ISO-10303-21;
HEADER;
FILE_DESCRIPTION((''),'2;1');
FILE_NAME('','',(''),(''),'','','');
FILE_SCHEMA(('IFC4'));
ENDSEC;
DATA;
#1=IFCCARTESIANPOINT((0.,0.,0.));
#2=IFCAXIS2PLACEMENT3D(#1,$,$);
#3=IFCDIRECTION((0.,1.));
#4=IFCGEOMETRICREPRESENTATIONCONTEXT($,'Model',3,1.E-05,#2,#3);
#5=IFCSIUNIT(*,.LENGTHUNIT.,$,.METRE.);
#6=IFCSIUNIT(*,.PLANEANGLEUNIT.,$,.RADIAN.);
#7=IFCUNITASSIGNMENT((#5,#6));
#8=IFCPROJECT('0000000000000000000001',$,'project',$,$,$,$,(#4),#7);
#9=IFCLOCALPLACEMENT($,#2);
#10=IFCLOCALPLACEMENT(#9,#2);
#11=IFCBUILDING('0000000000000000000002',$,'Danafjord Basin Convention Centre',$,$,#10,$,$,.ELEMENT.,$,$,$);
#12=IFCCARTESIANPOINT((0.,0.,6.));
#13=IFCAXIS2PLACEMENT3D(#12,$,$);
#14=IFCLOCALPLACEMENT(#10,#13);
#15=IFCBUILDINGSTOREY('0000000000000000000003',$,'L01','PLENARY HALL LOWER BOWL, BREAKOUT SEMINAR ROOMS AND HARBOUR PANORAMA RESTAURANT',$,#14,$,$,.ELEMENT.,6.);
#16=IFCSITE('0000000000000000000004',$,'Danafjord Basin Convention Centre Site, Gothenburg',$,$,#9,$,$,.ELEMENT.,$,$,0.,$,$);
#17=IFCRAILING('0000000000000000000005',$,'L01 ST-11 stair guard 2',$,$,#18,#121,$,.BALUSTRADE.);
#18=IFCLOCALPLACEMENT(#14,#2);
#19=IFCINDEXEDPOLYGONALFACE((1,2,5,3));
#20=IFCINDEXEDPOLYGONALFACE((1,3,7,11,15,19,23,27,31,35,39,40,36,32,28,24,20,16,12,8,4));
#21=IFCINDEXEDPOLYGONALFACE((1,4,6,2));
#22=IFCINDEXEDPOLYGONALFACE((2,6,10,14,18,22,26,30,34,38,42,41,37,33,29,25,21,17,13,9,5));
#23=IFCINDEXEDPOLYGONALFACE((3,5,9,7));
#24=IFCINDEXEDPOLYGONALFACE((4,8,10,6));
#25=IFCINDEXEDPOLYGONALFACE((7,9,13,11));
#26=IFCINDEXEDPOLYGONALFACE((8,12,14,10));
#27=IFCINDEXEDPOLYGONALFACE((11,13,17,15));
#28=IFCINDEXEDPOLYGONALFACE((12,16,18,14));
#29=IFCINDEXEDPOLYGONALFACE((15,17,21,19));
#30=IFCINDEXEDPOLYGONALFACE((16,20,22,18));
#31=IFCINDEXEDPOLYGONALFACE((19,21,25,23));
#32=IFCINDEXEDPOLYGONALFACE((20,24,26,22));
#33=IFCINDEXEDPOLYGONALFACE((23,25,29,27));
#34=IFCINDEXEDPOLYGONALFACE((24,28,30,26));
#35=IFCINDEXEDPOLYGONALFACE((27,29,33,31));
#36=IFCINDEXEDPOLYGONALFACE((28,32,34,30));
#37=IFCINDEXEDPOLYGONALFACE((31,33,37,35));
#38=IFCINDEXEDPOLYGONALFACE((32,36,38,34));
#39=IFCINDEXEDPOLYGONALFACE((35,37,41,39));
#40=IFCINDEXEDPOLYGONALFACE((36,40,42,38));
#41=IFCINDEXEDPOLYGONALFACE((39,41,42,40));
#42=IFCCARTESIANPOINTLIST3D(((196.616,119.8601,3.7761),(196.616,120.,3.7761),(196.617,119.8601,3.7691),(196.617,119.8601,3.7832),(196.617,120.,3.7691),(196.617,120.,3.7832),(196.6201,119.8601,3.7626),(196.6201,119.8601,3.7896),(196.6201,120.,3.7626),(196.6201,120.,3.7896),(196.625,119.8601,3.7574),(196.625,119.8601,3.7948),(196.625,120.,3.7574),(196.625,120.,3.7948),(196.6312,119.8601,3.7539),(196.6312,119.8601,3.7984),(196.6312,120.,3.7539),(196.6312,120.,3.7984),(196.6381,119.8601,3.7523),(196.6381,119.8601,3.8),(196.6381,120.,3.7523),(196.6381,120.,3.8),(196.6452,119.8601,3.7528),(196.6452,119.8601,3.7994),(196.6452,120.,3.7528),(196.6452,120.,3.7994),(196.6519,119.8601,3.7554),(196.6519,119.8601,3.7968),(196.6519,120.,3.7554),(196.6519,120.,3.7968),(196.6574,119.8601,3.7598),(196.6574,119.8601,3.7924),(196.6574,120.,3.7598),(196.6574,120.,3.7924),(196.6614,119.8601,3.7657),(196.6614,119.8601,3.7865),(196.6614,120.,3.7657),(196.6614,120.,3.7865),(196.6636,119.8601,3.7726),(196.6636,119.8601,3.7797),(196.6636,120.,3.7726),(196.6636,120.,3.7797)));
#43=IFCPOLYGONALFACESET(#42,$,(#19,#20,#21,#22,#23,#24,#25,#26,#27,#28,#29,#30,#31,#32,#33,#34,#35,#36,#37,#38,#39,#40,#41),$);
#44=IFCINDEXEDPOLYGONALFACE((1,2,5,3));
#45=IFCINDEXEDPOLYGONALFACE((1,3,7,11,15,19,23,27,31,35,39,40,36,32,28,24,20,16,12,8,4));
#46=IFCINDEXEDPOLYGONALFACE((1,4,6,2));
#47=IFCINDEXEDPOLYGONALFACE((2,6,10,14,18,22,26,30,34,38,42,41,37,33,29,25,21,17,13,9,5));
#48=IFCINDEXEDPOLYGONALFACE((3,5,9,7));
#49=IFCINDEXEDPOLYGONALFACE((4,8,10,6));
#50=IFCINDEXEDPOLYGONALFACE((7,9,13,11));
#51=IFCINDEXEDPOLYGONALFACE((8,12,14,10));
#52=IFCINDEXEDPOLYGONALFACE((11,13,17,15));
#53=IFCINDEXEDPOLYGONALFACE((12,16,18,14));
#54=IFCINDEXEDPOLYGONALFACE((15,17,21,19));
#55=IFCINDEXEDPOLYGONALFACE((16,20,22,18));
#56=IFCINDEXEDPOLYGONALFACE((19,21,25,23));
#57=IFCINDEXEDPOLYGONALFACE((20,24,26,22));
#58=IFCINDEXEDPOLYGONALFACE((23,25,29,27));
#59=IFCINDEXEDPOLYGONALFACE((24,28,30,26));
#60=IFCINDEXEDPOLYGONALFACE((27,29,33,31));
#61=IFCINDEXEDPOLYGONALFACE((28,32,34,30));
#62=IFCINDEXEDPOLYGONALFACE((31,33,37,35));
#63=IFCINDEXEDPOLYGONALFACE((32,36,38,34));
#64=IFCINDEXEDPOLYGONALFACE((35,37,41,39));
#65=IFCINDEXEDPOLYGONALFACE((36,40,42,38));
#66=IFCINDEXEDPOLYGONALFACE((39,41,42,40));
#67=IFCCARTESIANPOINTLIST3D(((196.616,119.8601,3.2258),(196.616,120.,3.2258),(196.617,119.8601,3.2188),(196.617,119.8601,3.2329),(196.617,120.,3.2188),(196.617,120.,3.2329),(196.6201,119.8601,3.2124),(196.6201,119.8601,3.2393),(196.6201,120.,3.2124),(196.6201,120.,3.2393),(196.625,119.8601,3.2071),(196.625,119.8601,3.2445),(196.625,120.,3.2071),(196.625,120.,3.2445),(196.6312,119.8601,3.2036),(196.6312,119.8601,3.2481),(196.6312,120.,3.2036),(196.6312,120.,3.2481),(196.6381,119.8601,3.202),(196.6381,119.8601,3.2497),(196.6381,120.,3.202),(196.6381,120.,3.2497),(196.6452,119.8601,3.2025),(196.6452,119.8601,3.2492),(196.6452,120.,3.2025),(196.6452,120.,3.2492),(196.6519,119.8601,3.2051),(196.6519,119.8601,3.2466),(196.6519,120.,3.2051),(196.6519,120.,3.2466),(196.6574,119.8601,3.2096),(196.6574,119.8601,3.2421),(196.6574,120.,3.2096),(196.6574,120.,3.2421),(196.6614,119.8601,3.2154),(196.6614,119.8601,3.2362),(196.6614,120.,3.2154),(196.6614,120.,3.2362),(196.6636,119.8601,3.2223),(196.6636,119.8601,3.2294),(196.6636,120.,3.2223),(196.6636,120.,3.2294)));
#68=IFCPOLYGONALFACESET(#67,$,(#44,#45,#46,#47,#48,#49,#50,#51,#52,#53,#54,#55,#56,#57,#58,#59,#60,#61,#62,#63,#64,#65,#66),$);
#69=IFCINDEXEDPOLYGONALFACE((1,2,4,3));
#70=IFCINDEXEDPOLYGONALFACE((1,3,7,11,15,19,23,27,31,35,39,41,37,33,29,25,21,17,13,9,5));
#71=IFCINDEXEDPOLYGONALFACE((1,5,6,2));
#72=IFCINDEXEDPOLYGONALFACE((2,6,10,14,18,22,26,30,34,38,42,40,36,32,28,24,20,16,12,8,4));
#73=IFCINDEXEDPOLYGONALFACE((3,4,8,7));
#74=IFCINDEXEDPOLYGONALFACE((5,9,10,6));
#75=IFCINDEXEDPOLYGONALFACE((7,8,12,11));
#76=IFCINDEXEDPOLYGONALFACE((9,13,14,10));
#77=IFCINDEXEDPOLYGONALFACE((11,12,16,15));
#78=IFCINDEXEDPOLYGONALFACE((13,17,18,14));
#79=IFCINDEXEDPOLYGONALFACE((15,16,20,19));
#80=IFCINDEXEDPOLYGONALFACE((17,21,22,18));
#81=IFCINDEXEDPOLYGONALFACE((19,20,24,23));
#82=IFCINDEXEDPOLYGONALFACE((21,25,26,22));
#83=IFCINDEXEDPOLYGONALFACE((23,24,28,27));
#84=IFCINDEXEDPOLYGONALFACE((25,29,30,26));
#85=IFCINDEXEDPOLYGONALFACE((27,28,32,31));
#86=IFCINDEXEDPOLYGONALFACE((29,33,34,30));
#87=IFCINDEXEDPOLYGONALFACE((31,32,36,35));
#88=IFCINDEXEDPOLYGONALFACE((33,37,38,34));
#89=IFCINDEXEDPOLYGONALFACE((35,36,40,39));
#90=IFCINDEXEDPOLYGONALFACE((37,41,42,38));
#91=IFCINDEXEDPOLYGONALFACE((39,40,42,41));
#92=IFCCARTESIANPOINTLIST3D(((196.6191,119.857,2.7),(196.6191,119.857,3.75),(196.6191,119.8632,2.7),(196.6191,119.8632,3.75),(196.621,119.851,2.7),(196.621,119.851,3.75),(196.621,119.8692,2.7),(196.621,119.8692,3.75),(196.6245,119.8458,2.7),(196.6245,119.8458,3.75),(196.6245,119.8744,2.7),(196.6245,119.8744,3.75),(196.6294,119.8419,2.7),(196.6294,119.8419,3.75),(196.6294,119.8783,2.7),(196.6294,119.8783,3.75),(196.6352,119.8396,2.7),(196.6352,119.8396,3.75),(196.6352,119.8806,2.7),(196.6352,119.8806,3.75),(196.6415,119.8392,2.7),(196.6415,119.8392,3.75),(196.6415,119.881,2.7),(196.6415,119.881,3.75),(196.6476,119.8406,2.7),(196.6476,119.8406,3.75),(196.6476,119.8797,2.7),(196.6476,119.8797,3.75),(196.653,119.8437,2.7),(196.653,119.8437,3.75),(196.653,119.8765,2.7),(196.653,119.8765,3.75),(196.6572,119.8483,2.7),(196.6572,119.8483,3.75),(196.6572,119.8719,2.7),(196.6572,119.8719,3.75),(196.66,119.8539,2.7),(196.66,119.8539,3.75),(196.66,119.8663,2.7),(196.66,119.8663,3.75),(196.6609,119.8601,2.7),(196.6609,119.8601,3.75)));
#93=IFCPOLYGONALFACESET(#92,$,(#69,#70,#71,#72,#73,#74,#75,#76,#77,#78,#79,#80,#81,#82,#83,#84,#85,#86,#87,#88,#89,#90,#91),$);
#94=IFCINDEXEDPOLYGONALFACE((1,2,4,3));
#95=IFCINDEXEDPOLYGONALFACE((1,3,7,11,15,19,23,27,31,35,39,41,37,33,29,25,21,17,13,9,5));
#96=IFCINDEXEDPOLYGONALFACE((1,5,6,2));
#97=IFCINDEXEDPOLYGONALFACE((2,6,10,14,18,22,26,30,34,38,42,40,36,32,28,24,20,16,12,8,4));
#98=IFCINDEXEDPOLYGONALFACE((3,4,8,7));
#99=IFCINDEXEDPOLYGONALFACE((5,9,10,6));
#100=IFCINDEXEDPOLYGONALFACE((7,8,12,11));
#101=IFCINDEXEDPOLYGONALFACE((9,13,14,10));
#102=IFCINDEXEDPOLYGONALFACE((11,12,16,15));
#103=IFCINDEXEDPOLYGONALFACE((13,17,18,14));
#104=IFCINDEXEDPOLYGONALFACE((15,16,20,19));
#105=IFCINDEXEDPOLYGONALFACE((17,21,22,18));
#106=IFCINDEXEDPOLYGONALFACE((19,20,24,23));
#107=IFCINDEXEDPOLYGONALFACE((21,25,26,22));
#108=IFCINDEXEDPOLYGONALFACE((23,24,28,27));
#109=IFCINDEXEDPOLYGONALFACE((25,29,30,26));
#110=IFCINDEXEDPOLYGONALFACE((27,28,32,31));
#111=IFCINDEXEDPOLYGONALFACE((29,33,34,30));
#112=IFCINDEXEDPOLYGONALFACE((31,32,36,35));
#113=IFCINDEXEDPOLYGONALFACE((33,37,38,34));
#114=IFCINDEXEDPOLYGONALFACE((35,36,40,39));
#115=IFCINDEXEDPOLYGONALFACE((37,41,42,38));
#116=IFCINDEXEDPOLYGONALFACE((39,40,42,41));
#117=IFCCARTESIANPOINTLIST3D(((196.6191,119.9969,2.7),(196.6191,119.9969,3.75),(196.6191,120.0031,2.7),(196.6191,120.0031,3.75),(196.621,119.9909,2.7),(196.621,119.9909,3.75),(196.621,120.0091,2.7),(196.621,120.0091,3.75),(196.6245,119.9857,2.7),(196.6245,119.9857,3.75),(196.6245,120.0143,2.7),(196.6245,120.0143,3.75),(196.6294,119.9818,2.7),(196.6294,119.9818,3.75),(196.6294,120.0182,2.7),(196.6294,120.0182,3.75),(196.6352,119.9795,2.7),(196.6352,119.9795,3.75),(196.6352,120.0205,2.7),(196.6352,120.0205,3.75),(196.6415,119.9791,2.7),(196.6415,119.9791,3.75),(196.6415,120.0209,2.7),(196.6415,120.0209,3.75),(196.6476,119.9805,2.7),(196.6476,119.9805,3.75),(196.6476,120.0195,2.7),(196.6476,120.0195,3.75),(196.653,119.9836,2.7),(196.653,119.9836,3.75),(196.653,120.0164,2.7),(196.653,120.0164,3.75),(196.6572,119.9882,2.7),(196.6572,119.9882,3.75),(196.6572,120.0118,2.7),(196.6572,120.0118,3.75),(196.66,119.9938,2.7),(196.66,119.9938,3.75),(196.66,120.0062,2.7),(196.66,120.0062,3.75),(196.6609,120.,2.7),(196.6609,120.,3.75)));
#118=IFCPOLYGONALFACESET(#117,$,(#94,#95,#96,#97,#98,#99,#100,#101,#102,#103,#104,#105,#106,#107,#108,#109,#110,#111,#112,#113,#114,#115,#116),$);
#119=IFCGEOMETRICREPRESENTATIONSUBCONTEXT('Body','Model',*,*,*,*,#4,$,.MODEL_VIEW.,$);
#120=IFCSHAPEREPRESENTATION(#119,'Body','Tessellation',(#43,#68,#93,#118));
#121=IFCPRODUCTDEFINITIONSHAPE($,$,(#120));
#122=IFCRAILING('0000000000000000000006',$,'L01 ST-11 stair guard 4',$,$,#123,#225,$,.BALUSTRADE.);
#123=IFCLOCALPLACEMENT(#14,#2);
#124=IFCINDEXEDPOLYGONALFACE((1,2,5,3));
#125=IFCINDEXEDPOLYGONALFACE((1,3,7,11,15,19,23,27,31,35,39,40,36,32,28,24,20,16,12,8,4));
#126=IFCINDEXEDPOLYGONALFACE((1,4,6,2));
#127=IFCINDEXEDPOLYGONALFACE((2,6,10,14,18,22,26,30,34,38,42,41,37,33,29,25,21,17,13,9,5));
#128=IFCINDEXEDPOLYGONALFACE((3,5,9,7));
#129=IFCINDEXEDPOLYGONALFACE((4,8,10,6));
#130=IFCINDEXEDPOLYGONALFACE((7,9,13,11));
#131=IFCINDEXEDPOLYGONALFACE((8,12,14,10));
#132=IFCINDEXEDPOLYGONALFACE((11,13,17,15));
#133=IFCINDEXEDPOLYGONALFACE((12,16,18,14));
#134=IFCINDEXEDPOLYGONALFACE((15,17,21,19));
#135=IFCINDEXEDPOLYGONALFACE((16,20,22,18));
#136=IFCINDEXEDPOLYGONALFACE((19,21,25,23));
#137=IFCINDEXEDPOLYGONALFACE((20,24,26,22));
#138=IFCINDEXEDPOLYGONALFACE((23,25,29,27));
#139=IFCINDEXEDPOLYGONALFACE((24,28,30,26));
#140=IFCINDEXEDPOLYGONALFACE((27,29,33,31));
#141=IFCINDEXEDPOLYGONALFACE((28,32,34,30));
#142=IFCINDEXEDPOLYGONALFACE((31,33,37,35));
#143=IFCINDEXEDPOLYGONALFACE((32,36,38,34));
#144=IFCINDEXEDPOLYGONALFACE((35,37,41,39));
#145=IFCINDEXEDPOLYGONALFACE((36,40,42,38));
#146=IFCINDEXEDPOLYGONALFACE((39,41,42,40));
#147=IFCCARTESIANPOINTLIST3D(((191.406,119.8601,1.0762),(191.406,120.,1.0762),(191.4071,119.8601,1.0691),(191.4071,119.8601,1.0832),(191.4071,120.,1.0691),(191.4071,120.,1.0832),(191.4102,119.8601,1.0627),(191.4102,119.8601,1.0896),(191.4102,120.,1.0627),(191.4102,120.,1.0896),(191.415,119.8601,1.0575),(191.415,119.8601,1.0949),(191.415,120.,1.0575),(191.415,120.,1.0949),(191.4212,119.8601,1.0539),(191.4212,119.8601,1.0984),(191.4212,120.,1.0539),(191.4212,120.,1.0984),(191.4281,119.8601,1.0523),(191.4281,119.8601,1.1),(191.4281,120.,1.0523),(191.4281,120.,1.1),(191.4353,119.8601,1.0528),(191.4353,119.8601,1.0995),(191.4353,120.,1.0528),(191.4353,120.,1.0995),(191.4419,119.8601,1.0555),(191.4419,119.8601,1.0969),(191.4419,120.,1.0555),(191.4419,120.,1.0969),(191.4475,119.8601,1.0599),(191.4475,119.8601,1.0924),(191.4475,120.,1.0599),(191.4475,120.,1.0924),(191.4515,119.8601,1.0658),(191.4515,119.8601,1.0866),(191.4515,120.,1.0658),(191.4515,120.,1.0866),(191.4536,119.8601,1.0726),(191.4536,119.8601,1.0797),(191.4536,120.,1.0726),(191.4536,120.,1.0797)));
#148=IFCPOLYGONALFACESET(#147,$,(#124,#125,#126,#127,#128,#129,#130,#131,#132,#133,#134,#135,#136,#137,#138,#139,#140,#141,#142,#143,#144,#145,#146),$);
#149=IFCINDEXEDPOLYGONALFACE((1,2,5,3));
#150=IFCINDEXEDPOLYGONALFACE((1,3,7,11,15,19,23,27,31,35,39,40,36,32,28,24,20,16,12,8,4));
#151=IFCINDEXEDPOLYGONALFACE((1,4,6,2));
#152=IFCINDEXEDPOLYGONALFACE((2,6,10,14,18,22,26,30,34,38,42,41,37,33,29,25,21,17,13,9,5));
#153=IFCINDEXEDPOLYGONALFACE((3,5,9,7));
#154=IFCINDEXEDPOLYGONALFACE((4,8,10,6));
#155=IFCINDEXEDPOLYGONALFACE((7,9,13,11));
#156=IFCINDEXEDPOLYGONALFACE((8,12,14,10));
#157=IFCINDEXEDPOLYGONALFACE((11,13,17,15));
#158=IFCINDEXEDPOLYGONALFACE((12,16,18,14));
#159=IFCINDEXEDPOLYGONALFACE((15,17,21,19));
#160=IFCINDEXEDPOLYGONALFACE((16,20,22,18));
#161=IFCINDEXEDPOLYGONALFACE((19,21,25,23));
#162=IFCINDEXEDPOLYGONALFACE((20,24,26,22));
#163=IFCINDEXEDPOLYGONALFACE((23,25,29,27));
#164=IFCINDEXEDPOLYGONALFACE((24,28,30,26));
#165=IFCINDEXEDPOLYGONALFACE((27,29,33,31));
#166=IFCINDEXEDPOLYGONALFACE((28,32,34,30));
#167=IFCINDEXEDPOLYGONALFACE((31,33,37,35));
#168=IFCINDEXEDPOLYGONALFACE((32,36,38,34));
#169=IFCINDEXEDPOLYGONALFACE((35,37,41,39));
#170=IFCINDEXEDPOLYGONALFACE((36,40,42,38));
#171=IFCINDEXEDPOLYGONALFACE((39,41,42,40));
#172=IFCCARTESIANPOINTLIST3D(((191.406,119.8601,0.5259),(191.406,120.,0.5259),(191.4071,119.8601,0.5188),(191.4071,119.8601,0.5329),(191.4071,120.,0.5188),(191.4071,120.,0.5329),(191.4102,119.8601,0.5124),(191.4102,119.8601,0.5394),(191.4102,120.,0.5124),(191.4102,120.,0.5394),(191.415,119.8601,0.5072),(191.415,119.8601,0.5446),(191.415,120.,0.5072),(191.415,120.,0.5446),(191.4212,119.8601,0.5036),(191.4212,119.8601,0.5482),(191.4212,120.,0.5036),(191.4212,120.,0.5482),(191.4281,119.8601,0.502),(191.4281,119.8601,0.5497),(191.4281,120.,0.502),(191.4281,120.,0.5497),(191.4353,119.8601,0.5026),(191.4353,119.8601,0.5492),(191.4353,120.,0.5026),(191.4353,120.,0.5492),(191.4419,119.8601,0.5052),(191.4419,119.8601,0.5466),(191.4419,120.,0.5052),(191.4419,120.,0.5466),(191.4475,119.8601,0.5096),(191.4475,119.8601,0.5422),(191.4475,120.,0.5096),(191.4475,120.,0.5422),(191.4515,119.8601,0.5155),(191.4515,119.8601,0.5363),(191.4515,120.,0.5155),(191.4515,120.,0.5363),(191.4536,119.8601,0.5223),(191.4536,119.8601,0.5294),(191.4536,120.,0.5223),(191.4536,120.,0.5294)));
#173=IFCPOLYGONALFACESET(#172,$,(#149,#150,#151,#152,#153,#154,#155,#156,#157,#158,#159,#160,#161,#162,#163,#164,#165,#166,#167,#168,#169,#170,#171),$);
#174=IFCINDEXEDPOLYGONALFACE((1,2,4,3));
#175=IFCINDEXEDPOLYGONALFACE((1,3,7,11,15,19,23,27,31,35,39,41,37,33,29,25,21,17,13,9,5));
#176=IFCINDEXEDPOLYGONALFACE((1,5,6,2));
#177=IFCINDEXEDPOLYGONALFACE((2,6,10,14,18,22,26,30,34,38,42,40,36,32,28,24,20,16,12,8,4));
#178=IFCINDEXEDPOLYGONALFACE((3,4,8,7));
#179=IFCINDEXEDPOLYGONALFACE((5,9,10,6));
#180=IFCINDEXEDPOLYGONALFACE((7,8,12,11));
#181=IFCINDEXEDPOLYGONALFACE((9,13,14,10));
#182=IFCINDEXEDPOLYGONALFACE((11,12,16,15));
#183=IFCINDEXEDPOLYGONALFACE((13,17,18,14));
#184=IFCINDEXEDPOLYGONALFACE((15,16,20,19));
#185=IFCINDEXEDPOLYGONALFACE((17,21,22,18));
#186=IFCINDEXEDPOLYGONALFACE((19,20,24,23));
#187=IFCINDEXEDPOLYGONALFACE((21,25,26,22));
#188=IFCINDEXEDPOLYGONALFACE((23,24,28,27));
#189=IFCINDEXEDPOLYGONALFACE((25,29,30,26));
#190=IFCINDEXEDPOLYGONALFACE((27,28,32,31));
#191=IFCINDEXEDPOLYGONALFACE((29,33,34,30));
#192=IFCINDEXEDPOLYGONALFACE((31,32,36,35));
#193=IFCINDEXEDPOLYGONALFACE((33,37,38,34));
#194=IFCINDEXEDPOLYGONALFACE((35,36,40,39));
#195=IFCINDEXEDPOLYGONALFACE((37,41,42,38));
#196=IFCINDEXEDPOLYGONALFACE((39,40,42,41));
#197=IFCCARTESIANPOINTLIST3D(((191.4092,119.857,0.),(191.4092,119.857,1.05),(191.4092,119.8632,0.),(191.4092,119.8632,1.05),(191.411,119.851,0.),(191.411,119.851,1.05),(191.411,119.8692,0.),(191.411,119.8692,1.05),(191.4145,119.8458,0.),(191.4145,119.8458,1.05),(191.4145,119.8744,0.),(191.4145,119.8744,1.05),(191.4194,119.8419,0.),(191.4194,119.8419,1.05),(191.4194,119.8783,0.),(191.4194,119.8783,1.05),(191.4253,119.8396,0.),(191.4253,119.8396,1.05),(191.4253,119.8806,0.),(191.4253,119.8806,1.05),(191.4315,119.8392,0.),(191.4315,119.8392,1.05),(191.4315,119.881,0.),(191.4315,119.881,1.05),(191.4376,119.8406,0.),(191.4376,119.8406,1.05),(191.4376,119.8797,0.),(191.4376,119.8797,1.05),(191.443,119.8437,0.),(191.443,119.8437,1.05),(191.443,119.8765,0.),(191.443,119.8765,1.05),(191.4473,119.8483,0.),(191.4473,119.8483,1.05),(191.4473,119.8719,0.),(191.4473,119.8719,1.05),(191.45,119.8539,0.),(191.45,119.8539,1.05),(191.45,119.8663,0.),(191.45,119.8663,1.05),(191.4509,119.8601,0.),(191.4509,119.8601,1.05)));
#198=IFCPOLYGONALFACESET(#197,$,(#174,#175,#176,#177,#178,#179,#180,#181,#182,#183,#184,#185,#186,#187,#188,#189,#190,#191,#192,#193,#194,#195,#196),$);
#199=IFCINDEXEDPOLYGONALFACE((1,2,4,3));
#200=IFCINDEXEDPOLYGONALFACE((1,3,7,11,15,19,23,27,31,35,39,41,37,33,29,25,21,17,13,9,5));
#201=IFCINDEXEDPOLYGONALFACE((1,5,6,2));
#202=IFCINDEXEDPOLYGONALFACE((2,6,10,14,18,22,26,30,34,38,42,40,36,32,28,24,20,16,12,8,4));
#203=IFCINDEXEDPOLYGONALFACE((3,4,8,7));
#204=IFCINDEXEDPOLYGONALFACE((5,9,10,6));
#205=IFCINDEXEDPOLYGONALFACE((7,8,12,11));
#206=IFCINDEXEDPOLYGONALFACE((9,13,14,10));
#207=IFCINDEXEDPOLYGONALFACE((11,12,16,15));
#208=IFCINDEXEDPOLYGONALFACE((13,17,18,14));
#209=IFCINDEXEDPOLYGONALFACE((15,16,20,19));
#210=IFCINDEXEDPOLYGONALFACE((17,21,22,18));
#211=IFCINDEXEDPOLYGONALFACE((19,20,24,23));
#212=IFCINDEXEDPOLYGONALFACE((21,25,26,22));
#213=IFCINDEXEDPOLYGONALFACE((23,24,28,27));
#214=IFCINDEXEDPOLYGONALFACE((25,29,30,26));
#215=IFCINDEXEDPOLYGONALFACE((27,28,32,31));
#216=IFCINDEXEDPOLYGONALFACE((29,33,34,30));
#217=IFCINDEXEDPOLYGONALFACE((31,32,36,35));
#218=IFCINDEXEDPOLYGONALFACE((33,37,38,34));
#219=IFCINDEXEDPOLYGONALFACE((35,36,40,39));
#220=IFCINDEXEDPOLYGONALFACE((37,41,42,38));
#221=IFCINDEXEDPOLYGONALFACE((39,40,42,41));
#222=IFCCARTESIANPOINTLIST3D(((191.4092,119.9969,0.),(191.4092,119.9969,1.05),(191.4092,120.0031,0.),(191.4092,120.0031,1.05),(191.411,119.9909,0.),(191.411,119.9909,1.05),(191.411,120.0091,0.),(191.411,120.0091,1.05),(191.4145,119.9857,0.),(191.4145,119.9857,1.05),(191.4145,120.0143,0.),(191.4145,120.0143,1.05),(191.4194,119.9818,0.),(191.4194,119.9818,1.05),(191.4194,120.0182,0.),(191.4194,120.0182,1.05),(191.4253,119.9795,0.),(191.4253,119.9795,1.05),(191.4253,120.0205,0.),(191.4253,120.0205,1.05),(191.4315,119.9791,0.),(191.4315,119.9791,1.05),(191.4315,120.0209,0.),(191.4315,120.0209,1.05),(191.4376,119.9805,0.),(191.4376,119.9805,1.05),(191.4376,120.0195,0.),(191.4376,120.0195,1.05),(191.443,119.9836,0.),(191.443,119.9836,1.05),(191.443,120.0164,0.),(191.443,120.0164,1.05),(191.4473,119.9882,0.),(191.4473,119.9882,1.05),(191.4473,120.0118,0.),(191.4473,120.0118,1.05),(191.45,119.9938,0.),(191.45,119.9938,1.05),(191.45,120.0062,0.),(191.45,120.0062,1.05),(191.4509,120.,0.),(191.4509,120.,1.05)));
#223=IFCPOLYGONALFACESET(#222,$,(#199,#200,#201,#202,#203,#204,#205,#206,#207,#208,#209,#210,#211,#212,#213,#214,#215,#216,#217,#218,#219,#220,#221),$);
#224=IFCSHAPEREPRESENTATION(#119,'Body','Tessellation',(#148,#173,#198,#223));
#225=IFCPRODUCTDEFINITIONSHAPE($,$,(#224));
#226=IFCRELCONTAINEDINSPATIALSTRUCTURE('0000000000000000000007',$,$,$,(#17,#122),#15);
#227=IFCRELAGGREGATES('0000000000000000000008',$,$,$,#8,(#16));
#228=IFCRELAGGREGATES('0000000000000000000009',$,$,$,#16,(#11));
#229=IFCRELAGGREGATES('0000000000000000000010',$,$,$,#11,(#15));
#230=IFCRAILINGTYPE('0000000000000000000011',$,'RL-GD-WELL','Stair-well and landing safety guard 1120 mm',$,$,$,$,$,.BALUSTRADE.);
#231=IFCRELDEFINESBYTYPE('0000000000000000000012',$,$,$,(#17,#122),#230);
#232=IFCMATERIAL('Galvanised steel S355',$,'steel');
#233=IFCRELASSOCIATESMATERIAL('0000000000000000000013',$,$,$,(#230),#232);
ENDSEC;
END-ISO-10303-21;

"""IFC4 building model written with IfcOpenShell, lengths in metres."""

from ifc_helpers import new_model, si_unit, direction, frame, origin, origin_2d, place, context, subcontext, project, spatial, circle, extrude, material, type_object, element, save


model = new_model("IFC4")

# Units and contexts
model_context = context("Model", 3, precision=1e-05, world=origin(), true_north=direction((0.0, 1.0)))
body_context = subcontext(model_context, "Body", "Model", "MODEL_VIEW")
ifc_project = project(units=[si_unit("LENGTHUNIT", "METRE"), si_unit("PLANEANGLEUNIT", "RADIAN")], contexts=[model_context])

# Site, building, storey
site_placement = place(None, origin())
site = spatial("IfcSite", under=ifc_project, at=site_placement, Name="Danafjord Basin Convention Centre Site, Gothenburg", CompositionType="ELEMENT", RefElevation=0.0)
building_placement = place(site_placement, origin())
building = spatial("IfcBuilding", under=site, at=building_placement, Name="Danafjord Basin Convention Centre", CompositionType="ELEMENT")
storey_placement = place(building_placement, frame((0.0, 0.0, 6.0)))
storey = spatial("IfcBuildingStorey", under=building, at=storey_placement, Name="L01", Description="PLENARY HALL LOWER BOWL, BREAKOUT SEMINAR ROOMS AND HARBOUR PANORAMA RESTAURANT", CompositionType="ELEMENT", Elevation=6.0)

# Railings
ifc_material_1 = material(Name="Galvanised steel S355", Category="steel")
railing_type_1 = type_object("IfcRailingType", Name="RL-GD-WELL", Description="Stair-well and landing safety guard 1120 mm", PredefinedType="BALUSTRADE", material=ifc_material_1)
for number, where, name in (
    (1, (196.6399, 119.8601, 2.7), "L01 ST-11 stair guard 2"),
    (2, (191.4299, 119.8601, 0.0), "L01 ST-11 stair guard 4"),
):
    element("IfcRailing", number, at=place(storey_placement, frame(where)), inside=storey, type_object=railing_type_1, Name=name, PredefinedType="BALUSTRADE", context=body_context, shape_type="SweptSolid", body=[
        extrude(circle(Radius=0.0239, at=origin_2d()), frame((0.0, 0.0, 1.0762), z_axis=(0.0, 1.0, 0.0), x_axis=(-1.0, 0.0, 0.0)), (0.0, 0.0, 1.0), 0.1399),
        extrude(circle(Radius=0.0239, at=origin_2d()), frame((0.0, 0.0, 0.5259), z_axis=(0.0, 1.0, 0.0), x_axis=(-1.0, 0.0, 0.0)), (0.0, 0.0, 1.0), 0.1399),
        extrude(circle(Radius=0.021, at=origin_2d()), origin(), (0.0, 0.0, 1.0), 1.05),
        extrude(circle(Radius=0.021, at=origin_2d()), frame((0.0, 0.1399, 0.0)), (0.0, 0.0, 1.0), 1.05),
    ])

save(model, "model.ifc")
